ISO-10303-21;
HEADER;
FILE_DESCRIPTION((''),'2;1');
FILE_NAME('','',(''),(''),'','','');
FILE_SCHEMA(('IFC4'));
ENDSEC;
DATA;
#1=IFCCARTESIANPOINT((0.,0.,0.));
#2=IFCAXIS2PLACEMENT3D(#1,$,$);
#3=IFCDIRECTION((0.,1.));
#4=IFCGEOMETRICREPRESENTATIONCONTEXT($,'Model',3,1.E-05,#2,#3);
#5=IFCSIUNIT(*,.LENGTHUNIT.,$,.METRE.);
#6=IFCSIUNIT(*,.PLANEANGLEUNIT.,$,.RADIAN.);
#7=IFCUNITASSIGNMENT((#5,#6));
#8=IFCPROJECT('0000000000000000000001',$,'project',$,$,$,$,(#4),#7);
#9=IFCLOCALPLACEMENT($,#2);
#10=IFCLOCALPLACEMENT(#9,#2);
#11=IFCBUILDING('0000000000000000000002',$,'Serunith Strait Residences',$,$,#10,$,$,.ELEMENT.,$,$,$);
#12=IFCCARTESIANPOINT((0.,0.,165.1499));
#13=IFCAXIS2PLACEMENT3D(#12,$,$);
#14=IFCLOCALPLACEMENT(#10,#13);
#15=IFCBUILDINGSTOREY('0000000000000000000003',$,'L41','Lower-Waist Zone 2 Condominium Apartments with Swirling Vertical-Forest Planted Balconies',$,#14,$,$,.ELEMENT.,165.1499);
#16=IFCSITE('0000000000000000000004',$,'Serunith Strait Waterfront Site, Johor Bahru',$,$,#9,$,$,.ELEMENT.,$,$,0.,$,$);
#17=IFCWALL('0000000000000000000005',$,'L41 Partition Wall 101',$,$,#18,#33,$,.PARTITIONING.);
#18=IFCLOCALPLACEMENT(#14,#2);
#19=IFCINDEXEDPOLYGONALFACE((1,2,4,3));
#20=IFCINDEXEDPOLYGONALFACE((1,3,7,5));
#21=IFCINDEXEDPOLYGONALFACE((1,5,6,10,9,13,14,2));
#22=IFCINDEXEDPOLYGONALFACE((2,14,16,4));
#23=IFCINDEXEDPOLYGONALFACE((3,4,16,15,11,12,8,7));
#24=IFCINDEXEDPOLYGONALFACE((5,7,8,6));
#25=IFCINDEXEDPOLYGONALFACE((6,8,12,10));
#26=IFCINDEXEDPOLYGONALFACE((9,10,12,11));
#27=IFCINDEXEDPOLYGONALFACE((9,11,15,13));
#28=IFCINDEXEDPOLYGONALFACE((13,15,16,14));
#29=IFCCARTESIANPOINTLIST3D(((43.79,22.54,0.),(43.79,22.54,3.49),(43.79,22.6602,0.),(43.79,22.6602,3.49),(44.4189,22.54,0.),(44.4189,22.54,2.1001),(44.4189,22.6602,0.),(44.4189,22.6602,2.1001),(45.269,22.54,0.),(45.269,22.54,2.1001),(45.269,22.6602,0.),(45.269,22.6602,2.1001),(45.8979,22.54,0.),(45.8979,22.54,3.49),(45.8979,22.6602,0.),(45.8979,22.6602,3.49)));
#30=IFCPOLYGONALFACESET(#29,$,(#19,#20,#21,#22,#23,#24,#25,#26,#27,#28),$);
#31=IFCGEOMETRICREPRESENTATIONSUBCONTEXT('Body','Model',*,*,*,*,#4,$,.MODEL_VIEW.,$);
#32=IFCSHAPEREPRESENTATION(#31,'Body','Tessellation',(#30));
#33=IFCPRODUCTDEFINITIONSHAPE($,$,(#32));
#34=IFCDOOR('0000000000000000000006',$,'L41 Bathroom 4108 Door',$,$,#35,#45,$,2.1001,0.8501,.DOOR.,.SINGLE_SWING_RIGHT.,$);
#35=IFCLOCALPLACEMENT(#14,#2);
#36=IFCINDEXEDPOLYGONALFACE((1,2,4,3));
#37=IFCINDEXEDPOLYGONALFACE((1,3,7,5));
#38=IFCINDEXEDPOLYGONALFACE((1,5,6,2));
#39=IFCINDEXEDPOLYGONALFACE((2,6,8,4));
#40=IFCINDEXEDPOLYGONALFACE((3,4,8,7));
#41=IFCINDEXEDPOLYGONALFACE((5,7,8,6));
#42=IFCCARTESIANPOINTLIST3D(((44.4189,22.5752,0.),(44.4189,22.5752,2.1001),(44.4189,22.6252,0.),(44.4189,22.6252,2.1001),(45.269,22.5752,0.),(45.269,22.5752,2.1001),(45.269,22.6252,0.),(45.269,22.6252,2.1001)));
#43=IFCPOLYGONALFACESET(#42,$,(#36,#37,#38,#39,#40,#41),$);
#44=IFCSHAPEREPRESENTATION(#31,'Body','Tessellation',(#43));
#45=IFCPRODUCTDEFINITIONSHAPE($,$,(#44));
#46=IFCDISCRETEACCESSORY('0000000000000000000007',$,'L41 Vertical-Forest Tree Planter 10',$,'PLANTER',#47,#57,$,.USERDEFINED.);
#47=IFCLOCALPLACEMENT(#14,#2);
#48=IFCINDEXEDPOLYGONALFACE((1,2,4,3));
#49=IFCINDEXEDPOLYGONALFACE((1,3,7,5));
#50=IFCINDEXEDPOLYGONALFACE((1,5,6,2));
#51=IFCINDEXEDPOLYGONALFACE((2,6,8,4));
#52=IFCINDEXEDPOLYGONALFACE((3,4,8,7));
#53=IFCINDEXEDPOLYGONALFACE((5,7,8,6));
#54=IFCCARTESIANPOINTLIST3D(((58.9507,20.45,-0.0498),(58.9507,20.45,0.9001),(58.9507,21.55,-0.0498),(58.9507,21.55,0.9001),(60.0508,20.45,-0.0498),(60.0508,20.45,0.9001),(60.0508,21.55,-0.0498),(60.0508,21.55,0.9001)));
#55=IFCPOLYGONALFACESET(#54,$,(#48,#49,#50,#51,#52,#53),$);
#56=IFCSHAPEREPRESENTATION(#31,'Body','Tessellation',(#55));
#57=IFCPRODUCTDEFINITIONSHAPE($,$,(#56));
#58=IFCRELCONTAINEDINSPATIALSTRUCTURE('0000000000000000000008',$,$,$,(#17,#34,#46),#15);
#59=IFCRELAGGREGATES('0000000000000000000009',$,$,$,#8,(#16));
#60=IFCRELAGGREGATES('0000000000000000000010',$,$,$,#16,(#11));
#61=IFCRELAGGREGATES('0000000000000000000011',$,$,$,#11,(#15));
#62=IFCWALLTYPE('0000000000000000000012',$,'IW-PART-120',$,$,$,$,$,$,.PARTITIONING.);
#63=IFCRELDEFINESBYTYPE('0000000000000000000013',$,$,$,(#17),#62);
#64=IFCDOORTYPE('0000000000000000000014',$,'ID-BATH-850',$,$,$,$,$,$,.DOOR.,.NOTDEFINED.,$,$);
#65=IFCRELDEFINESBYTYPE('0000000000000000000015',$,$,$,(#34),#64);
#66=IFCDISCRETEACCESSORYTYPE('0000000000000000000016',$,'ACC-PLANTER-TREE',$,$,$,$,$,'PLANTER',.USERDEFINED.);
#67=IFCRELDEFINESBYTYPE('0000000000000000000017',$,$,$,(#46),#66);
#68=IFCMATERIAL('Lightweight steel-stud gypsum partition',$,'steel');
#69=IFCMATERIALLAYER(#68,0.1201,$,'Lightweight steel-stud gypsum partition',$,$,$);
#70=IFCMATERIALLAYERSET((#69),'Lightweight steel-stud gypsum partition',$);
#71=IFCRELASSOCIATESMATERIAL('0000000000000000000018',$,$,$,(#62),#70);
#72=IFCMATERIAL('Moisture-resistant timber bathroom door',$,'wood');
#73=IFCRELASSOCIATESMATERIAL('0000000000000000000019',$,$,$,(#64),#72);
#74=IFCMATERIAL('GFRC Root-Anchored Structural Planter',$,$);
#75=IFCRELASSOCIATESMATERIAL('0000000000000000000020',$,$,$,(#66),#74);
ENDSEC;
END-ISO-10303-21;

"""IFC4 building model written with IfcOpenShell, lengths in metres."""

from ifc_helpers import new_model, si_unit, direction, frame, frame_2d, origin, origin_2d, place, context, subcontext, project, spatial, rectangle, extrude, source, transform, mapped, material, layer, layer_set, type_object, element, fill, save


model = new_model("IFC4")

# Units and contexts
model_context = context("Model", 3, precision=1e-05, world=origin(), true_north=direction((0.0, 1.0)))
body_context = subcontext(model_context, "Body", "Model", "MODEL_VIEW")
ifc_project = project(units=[si_unit("LENGTHUNIT", "METRE"), si_unit("PLANEANGLEUNIT", "RADIAN")], contexts=[model_context])

# Site, building, storey
site_placement = place(None, origin())
site = spatial("IfcSite", under=ifc_project, at=site_placement, Name="Serunith Strait Waterfront Site, Johor Bahru", CompositionType="ELEMENT", RefElevation=0.0)
building_placement = place(site_placement, origin())
building = spatial("IfcBuilding", under=site, at=building_placement, Name="Serunith Strait Residences", CompositionType="ELEMENT")
storey_placement = place(building_placement, frame((0.0, 0.0, 165.1499)))
storey = spatial("IfcBuildingStorey", under=building, at=storey_placement, Name="L41", Description="Lower-Waist Zone 2 Condominium Apartments with Swirling Vertical-Forest Planted Balconies", CompositionType="ELEMENT", Elevation=165.1499)

# Shared definitions
ifc_material_1 = material(Name="Lightweight steel-stud gypsum partition", Category="steel")
ifc_layer_1 = layer(ifc_material_1, 0.1201, Name="Lightweight steel-stud gypsum partition")
ifc_layer_set_1 = layer_set([ifc_layer_1], Name="Lightweight steel-stud gypsum partition")
wall_type = type_object("IfcWallType", Name="IW-PART-120", PredefinedType="PARTITIONING", material=ifc_layer_set_1)
shared_shape_1 = source(origin(), body_context, "Body", "SweptSolid", [
    extrude(rectangle(XDim=0.8501, YDim=2.1001, at=frame_2d((0.425, 1.05))), frame((0.0, 0.0249, 0.0), z_axis=(0.0, -1.0, 0.0), x_axis=(1.0, 0.0, 0.0)), (0.0, 0.0, 1.0), 0.05),
])

# Wall, opening, door
wall_1_placement = place(storey_placement, frame((45.8979, 22.6001, 0.0), z_axis=(0.0, 0.0, 1.0), x_axis=(-1.0, 0.0, 0.0)))
wall_1 = element("IfcWall", 1, at=wall_1_placement, inside=storey, type_object=wall_type, Name="L41 Partition Wall 101", PredefinedType="PARTITIONING", context=body_context, shape_type="SweptSolid", body=[
    extrude(rectangle(XDim=2.1079, YDim=0.1201, at=frame_2d((1.054, 0.0))), origin(), (0.0, 0.0, 1.0), 3.49),
])
opening_1_placement = place(wall_1_placement, frame((0.6289, 0.0, 0.0)))
opening_1 = element("IfcOpeningElement", 2, at=opening_1_placement, cuts=wall_1, PredefinedType="OPENING", context=body_context, shape_type="SweptSolid", body=[
    extrude(rectangle(XDim=0.8501, YDim=2.1001, at=frame_2d((0.425, 1.05))), frame((0.0, 0.0701, 0.0), z_axis=(0.0, -1.0, 0.0), x_axis=(1.0, 0.0, 0.0)), (0.0, 0.0, 1.0), 0.1401),
])
ifc_material_2 = material(Name="Moisture-resistant timber bathroom door", Category="wood")
door_type_1 = type_object("IfcDoorType", Name="ID-BATH-850", OperationType="NOTDEFINED", PredefinedType="DOOR", material=ifc_material_2)
door_1_placement = place(opening_1_placement, origin())
door_1 = element("IfcDoor", 3, at=door_1_placement, inside=storey, type_object=door_type_1, Name="L41 Bathroom 4108 Door", OperationType="SINGLE_SWING_RIGHT", OverallHeight=2.1001, OverallWidth=0.8501, PredefinedType="DOOR", context=body_context, shape_type="MappedRepresentation", body=[
    mapped(shared_shape_1, transform((0.0, 0.0, 0.0), scale=1.0)),
])
fill(opening_1, door_1)

# Discrete accessory
ifc_material_3 = material(Name="GFRC Root-Anchored Structural Planter")
discrete_accessory_type = type_object("IfcDiscreteAccessoryType", Name="ACC-PLANTER-TREE", ElementType="PLANTER", PredefinedType="USERDEFINED", material=ifc_material_3)
shared_shape_2 = source(origin(), body_context, "Body", "SweptSolid", [
    extrude(rectangle(XDim=1.1001, YDim=1.1001, at=origin_2d()), origin(), (0.0, 0.0, 1.0), 0.95),
])
discrete_accessory_placement = place(storey_placement, frame((59.5007, 21.0, -0.0498), z_axis=(0.0, 0.0, 1.0), x_axis=(0.0, 1.0, 0.0)))
element("IfcDiscreteAccessory", 4, at=discrete_accessory_placement, inside=storey, type_object=discrete_accessory_type, Name="L41 Vertical-Forest Tree Planter 10", ObjectType="PLANTER", PredefinedType="USERDEFINED", context=body_context, shape_type="MappedRepresentation", body=[
    mapped(shared_shape_2, transform((0.0, 0.0, 0.0), scale=1.0)),
])

save(model, "model.ifc")
